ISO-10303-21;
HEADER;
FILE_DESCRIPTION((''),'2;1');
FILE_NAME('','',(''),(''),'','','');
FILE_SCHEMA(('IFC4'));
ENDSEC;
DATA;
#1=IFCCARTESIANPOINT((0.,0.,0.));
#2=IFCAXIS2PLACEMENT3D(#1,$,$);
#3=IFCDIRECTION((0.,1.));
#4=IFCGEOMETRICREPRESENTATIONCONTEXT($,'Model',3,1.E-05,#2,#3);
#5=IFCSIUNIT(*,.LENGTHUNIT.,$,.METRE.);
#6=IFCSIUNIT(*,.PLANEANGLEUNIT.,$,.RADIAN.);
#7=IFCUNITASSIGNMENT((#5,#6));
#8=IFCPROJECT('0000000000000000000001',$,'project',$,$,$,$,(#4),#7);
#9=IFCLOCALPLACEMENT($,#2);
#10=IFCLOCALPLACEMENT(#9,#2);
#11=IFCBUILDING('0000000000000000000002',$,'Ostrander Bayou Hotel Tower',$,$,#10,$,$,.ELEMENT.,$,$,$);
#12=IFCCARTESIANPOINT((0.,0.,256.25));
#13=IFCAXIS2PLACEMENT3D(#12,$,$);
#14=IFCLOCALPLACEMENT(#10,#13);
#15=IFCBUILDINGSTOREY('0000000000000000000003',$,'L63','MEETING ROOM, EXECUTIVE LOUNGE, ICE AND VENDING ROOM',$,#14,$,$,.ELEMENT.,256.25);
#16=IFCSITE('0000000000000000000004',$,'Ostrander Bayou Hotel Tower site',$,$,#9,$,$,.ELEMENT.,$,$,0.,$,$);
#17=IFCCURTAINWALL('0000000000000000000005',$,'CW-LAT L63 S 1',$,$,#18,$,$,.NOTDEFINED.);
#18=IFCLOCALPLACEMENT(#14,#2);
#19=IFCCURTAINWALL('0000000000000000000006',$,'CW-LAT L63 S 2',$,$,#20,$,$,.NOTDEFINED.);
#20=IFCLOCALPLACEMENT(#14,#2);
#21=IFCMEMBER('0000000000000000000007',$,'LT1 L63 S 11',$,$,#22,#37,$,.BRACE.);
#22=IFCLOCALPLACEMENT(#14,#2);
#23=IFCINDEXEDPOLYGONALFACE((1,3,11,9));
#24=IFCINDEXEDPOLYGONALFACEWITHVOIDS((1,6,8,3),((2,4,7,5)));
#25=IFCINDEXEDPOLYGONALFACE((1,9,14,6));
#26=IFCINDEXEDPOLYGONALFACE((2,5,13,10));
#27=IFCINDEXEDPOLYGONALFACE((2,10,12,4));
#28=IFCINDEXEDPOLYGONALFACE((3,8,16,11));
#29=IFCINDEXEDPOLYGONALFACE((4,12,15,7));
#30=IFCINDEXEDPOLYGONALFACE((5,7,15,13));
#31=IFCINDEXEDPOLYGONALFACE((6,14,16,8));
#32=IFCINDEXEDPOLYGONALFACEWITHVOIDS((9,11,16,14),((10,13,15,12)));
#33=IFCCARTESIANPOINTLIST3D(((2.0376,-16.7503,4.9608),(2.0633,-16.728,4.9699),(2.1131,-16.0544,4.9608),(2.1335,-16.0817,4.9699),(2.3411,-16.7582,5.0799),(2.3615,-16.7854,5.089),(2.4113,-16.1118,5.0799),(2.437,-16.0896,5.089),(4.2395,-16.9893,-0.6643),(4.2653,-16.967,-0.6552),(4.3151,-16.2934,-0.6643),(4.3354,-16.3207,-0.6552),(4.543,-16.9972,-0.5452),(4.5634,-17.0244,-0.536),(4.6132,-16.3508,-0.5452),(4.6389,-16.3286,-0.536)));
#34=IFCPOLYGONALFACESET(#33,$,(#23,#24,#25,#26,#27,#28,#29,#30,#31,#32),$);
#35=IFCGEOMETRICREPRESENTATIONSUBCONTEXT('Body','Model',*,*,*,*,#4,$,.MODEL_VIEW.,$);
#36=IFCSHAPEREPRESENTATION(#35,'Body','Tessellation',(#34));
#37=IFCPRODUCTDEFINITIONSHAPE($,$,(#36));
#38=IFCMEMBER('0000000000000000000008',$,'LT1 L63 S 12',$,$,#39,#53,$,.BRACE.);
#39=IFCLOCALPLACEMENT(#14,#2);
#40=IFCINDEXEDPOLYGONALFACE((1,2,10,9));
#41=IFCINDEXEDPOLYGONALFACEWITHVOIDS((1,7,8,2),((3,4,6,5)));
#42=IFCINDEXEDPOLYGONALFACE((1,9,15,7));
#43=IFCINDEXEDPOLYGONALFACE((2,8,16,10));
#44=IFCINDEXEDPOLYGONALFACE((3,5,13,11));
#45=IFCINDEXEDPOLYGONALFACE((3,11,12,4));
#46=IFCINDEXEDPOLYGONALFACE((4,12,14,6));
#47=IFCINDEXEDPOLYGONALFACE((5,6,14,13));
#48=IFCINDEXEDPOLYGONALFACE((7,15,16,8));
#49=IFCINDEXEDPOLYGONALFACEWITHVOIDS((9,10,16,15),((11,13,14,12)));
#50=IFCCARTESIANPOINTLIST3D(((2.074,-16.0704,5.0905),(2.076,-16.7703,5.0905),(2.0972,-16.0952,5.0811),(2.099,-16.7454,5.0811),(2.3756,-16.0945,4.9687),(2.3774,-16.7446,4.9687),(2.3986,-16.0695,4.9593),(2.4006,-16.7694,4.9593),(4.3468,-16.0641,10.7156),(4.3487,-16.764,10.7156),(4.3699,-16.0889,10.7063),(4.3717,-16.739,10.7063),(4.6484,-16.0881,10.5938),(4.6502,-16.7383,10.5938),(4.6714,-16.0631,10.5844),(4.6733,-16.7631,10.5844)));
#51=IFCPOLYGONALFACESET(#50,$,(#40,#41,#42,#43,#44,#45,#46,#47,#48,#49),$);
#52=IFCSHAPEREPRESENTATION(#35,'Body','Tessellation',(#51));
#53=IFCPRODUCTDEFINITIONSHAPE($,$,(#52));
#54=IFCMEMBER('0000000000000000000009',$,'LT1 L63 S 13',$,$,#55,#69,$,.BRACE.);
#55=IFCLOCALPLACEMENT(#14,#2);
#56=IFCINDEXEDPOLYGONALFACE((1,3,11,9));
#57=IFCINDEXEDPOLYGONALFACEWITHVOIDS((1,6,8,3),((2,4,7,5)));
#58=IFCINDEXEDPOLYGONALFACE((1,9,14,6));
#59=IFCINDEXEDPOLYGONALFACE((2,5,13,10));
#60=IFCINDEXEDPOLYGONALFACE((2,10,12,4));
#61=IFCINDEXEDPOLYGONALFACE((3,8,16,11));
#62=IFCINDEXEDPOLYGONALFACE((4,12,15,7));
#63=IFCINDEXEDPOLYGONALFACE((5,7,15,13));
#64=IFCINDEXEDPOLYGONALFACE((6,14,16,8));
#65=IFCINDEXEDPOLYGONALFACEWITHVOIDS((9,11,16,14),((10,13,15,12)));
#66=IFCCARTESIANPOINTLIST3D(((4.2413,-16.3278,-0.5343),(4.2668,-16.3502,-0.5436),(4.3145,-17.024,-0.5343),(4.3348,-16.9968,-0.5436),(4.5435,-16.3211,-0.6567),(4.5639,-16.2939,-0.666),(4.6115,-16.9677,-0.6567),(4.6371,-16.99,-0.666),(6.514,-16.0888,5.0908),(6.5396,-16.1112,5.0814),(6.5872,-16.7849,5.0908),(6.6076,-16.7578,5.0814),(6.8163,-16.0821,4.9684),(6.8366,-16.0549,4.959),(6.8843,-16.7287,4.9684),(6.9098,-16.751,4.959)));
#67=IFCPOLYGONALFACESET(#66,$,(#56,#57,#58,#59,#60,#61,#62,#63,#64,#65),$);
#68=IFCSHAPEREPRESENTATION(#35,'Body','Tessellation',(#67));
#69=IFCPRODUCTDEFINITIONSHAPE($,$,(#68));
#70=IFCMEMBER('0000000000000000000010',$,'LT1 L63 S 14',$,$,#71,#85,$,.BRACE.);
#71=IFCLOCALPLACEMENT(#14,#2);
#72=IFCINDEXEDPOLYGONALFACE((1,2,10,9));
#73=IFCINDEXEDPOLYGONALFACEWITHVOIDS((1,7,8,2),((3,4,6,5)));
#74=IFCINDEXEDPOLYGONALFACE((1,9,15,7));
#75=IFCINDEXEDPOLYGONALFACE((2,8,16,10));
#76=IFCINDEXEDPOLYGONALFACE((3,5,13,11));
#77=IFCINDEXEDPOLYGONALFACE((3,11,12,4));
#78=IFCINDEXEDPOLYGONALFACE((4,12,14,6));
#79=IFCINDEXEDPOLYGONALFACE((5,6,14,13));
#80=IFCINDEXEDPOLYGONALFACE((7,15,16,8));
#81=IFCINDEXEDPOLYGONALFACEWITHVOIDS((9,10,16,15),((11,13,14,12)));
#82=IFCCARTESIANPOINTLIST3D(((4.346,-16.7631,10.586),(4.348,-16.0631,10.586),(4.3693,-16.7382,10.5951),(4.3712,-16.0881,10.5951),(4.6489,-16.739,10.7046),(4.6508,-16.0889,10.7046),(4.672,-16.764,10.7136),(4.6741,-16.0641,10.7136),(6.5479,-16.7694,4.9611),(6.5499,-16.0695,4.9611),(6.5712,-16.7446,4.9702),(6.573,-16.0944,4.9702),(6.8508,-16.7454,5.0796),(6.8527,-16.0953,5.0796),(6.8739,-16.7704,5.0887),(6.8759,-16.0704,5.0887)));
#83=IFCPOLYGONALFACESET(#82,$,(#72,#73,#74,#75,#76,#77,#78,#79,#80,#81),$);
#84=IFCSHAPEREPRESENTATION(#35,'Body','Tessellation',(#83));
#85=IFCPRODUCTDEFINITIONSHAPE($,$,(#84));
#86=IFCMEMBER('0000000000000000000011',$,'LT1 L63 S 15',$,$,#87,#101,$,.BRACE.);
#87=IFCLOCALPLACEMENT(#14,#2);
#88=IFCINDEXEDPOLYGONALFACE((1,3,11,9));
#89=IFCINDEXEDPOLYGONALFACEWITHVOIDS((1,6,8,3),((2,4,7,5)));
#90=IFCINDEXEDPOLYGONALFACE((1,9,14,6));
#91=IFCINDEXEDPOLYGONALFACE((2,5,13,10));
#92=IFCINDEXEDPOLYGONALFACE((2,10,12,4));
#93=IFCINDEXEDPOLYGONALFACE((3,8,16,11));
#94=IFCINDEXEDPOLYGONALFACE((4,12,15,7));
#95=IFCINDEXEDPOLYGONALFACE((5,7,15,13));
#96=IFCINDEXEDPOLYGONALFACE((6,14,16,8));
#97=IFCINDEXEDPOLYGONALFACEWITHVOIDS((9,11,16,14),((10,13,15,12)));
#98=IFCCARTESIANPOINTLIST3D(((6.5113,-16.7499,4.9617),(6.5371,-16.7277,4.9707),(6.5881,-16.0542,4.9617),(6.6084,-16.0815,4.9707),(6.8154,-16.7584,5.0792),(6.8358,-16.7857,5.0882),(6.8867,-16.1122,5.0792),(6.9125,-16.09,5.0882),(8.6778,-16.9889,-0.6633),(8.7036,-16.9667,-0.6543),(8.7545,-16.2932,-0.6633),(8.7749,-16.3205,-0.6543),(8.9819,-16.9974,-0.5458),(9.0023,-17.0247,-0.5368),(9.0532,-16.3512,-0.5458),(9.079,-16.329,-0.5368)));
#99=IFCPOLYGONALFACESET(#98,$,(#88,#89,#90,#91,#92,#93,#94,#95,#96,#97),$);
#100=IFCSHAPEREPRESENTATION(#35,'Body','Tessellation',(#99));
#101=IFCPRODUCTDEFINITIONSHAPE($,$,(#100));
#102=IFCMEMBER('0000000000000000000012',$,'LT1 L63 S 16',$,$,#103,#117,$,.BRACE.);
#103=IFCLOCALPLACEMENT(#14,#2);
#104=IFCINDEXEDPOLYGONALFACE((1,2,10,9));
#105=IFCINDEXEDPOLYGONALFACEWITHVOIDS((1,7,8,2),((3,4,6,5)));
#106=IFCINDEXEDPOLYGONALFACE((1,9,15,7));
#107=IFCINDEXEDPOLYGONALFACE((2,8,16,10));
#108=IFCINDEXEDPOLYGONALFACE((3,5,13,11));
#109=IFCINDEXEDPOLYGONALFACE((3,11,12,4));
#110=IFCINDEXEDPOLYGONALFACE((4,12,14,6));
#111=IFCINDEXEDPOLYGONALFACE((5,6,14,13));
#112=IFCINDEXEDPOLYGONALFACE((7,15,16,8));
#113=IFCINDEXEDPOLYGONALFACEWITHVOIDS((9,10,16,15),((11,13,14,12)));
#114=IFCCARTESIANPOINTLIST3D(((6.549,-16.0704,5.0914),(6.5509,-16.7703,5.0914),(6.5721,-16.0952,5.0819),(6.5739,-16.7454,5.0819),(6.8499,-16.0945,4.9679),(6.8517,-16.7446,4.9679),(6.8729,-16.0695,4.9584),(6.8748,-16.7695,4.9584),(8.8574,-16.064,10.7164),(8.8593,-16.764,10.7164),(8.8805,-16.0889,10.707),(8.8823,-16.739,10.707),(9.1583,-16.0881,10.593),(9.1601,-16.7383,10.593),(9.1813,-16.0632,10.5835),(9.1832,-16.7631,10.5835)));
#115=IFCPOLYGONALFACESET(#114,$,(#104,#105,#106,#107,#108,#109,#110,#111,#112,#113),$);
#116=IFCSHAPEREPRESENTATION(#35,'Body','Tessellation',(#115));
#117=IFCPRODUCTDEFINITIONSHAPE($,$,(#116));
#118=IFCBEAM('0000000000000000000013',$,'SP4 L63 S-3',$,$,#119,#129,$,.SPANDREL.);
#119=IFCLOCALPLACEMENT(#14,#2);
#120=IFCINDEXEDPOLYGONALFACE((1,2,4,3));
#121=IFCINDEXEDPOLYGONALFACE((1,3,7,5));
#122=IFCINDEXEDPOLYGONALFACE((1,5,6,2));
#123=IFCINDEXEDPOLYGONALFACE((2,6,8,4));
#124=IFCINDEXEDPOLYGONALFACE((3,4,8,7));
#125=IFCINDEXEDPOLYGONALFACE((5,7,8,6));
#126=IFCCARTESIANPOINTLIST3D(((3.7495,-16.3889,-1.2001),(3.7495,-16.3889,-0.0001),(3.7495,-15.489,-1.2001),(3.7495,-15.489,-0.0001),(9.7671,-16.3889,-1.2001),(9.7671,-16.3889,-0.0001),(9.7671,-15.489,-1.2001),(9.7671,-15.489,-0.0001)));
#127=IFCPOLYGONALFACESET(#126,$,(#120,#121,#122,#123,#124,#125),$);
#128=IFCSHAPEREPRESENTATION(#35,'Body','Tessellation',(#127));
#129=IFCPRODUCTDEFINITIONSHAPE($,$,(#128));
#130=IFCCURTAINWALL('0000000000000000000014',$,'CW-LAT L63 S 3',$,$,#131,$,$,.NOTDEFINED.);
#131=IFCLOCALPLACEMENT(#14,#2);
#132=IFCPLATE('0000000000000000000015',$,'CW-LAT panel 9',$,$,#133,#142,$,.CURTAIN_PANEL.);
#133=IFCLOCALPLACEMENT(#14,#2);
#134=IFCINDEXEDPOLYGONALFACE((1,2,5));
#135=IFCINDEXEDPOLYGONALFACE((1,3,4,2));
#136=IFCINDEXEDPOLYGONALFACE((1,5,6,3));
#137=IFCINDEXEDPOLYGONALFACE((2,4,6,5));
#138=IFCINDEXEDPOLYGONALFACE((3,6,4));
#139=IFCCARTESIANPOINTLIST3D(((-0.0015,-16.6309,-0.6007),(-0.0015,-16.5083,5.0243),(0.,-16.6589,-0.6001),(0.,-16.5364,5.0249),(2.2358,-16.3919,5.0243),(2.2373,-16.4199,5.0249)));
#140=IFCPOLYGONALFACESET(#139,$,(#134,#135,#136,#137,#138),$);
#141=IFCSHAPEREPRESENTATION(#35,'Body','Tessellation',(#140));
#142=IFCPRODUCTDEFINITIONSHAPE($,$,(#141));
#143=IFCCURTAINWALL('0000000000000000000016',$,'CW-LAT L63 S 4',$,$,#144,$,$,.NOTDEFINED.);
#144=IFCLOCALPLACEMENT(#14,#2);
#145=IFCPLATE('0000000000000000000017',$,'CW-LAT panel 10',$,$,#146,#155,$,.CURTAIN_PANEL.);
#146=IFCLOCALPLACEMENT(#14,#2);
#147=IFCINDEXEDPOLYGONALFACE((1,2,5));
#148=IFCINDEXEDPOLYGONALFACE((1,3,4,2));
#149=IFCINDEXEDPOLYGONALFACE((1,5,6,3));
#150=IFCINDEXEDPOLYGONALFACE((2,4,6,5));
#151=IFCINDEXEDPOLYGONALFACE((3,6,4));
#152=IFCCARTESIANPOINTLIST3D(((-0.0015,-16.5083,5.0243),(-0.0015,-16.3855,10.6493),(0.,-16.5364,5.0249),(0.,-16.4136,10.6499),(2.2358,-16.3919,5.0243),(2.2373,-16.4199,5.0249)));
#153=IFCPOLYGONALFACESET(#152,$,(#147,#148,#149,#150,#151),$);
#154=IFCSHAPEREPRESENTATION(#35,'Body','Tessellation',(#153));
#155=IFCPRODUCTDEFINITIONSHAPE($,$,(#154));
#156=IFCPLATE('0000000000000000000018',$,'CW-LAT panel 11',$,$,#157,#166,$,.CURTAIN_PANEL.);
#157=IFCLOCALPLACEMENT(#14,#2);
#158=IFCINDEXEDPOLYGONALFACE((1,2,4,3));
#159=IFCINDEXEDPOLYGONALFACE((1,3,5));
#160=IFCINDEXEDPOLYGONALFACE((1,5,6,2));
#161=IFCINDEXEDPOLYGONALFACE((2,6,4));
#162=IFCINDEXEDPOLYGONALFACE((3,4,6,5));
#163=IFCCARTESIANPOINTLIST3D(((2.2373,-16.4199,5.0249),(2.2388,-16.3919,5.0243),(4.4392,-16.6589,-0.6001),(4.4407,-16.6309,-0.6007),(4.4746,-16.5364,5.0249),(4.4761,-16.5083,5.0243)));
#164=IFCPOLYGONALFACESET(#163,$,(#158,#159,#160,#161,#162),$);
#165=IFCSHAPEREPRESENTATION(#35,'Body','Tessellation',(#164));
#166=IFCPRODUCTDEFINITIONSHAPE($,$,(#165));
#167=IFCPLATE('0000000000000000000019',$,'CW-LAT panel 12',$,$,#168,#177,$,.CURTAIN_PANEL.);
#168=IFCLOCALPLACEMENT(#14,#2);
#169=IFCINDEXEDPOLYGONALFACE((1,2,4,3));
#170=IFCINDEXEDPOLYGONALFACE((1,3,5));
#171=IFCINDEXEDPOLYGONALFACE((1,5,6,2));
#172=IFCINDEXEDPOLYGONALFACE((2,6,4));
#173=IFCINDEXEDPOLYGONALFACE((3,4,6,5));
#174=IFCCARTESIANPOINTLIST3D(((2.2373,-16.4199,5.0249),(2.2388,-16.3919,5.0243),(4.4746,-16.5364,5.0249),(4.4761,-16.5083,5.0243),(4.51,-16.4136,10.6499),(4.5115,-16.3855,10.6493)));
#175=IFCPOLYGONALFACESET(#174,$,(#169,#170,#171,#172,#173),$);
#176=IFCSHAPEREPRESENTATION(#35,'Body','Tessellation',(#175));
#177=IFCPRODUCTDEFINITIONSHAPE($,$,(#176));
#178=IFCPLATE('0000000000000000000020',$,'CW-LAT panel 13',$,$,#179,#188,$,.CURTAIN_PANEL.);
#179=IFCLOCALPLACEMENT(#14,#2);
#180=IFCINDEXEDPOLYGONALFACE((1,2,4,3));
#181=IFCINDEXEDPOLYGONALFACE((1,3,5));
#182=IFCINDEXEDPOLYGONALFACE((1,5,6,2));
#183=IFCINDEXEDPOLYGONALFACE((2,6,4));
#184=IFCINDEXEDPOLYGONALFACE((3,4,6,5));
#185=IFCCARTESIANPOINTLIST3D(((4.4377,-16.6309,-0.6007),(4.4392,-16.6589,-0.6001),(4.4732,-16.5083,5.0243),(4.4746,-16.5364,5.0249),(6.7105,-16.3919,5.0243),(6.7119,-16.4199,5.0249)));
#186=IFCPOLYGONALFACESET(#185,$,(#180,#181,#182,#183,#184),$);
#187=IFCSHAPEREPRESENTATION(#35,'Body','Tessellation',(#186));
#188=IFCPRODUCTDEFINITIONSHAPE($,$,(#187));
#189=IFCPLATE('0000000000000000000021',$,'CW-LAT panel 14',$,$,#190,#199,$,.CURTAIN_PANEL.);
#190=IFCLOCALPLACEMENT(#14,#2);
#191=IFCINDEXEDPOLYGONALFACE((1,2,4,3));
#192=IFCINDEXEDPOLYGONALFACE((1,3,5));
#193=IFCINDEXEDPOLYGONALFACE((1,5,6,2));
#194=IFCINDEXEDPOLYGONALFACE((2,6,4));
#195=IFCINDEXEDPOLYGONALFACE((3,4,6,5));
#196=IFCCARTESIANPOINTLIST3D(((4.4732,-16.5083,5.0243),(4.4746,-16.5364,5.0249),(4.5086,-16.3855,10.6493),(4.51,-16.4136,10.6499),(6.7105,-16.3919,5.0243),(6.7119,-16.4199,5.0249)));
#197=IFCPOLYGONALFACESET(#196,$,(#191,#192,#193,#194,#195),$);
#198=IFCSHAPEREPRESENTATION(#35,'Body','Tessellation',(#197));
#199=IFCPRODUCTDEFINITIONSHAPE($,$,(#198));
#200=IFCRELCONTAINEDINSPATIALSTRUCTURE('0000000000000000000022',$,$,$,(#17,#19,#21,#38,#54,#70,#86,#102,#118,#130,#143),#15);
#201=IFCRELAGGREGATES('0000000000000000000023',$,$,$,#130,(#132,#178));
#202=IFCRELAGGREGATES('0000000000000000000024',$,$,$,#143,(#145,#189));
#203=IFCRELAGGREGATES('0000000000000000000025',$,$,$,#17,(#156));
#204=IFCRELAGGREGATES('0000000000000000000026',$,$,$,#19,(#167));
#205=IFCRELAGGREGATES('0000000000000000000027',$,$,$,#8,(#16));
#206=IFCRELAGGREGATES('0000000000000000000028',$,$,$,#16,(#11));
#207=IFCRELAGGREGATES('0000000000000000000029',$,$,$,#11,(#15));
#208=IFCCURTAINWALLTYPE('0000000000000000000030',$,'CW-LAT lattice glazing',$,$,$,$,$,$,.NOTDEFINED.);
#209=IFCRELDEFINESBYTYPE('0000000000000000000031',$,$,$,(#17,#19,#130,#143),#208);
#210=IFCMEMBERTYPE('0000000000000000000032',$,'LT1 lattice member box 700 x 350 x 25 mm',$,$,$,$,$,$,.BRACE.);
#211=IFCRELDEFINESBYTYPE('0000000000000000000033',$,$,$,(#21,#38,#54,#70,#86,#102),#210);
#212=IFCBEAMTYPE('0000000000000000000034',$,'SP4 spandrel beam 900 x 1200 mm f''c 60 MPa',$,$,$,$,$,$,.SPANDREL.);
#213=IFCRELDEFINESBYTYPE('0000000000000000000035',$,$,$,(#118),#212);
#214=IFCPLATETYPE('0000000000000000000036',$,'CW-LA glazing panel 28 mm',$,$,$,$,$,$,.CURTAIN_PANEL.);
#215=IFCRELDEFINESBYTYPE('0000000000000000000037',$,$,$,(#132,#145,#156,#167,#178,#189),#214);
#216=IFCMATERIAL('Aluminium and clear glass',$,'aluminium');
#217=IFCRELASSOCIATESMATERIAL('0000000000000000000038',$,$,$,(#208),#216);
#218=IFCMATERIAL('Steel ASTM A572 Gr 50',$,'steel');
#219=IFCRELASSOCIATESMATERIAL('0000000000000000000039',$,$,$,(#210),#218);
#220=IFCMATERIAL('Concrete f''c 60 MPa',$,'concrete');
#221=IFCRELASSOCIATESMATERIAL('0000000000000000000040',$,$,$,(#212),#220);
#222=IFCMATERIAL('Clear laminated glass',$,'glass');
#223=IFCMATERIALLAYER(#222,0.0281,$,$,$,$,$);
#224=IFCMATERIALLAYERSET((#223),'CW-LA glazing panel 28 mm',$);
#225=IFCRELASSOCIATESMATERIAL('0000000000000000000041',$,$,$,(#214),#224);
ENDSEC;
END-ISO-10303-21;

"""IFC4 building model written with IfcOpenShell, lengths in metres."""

from ifc_helpers import new_model, si_unit, direction, frame, origin, origin_2d, place, context, subcontext, project, spatial, polyline, rectangle, hollow_rectangle, outline, extrude, material, layer, layer_set, material_profile, profile_set, type_object, element, aggregate, save


model = new_model("IFC4")

# Units and contexts
model_context = context("Model", 3, precision=1e-05, world=origin(), true_north=direction((0.0, 1.0)))
body_context = subcontext(model_context, "Body", "Model", "MODEL_VIEW")
ifc_project = project(units=[si_unit("LENGTHUNIT", "METRE"), si_unit("PLANEANGLEUNIT", "RADIAN")], contexts=[model_context])

# Site, building, storey
site_placement = place(None, origin())
site = spatial("IfcSite", under=ifc_project, at=site_placement, Name="Ostrander Bayou Hotel Tower site", CompositionType="ELEMENT", RefElevation=0.0)
building_placement = place(site_placement, origin())
building = spatial("IfcBuilding", under=site, at=building_placement, Name="Ostrander Bayou Hotel Tower", CompositionType="ELEMENT")
storey_placement = place(building_placement, frame((0.0, 0.0, 256.25)))
storey = spatial("IfcBuildingStorey", under=building, at=storey_placement, Name="L63", Description="MEETING ROOM, EXECUTIVE LOUNGE, ICE AND VENDING ROOM", CompositionType="ELEMENT", Elevation=256.25)

# Curtain walls
ifc_material_1 = material(Name="Aluminium and clear glass", Category="aluminium")
curtain_wall_type = type_object("IfcCurtainWallType", Name="CW-LAT lattice glazing", PredefinedType="NOTDEFINED", material=ifc_material_1)
curtain_wall_1_placement = place(storey_placement, origin())
curtain_wall_1 = element("IfcCurtainWall", 1, at=curtain_wall_1_placement, inside=storey, type_object=curtain_wall_type, Name="CW-LAT L63 S 1", PredefinedType="NOTDEFINED")
curtain_wall_2_placement = place(storey_placement, origin())
curtain_wall_2 = element("IfcCurtainWall", 2, at=curtain_wall_2_placement, inside=storey, type_object=curtain_wall_type, Name="CW-LAT L63 S 2", PredefinedType="NOTDEFINED")

# Members
ifc_material_2 = material(Name="Steel ASTM A572 Gr 50", Category="steel")
ifc_material_profile_1 = material_profile(ifc_material_2, hollow_rectangle(XDim=0.7, YDim=0.3501, WallThickness=0.0249, at=origin_2d()))
ifc_profile_set_1 = profile_set([ifc_material_profile_1], Name="Steel ASTM A572 Gr 50")
member_type_1 = type_object("IfcMemberType", Name="LT1 lattice member box 700 x 350 x 25 mm", PredefinedType="BRACE", material=ifc_profile_set_1)
member_1_placement = place(storey_placement, frame((2.2373, -16.4199, 5.0249), z_axis=(0.364232, -0.039537, -0.930469), x_axis=(0.107915, 0.99416, 0.0)))
element("IfcMember", 3, at=member_1_placement, inside=storey, type_object=member_type_1, Name="LT1 L63 S 11", PredefinedType="BRACE", context=body_context, shape_type="SweptSolid", body=[
    extrude(hollow_rectangle(XDim=0.7, YDim=0.3501, WallThickness=0.0249, at=origin_2d()), origin(), (0.0, 0.0, 1.0), 6.0454),
])
member_2_placement = place(storey_placement, frame((2.2373, -16.4199, 5.0249), z_axis=(0.374615, 0.001046, 0.92718), x_axis=(-0.002793, 0.999996, 0.0)))
element("IfcMember", 4, at=member_2_placement, inside=storey, type_object=member_type_1, Name="LT1 L63 S 12", PredefinedType="BRACE", context=body_context, shape_type="SweptSolid", body=[
    extrude(hollow_rectangle(XDim=0.7, YDim=0.3501, WallThickness=0.0249, at=origin_2d()), origin(), (0.0, 0.0, 1.0), 6.0669),
])
member_3_placement = place(storey_placement, frame((6.7119, -16.4199, 5.0249), z_axis=(-0.374324, -0.039367, -0.926462), x_axis=(0.10459, -0.994515, 0.0)))
element("IfcMember", 5, at=member_3_placement, inside=storey, type_object=member_type_1, Name="LT1 L63 S 13", PredefinedType="BRACE", context=body_context, shape_type="SweptSolid", body=[
    extrude(hollow_rectangle(XDim=0.7, YDim=0.3501, WallThickness=0.0249, at=origin_2d()), origin(), (0.0, 0.0, 1.0), 6.0715),
])
member_4_placement = place(storey_placement, frame((6.7119, -16.4199, 5.0249), z_axis=(-0.364516, 0.001051, 0.931196), x_axis=(-0.002883, -0.999996, 0.0)))
element("IfcMember", 6, at=member_4_placement, inside=storey, type_object=member_type_1, Name="LT1 L63 S 14", PredefinedType="BRACE", context=body_context, shape_type="SweptSolid", body=[
    extrude(hollow_rectangle(XDim=0.7, YDim=0.3501, WallThickness=0.0249, at=origin_2d()), origin(), (0.0, 0.0, 1.0), 6.0405),
])
member_5_placement = place(storey_placement, frame((6.7119, -16.4199, 5.0249), z_axis=(0.359137, -0.039621, -0.932444), x_axis=(0.109657, 0.993969, 0.0)))
element("IfcMember", 7, at=member_5_placement, inside=storey, type_object=member_type_1, Name="LT1 L63 S 15", PredefinedType="BRACE", context=body_context, shape_type="SweptSolid", body=[
    extrude(hollow_rectangle(XDim=0.7, YDim=0.3501, WallThickness=0.0249, at=origin_2d()), origin(), (0.0, 0.0, 1.0), 6.0325),
])
member_6_placement = place(storey_placement, frame((6.7119, -16.4199, 5.0249), z_axis=(0.379649, 0.001044, 0.92513), x_axis=(-0.00275, 0.999996, 0.0)))
element("IfcMember", 8, at=member_6_placement, inside=storey, type_object=member_type_1, Name="LT1 L63 S 16", PredefinedType="BRACE", context=body_context, shape_type="SweptSolid", body=[
    extrude(hollow_rectangle(XDim=0.7, YDim=0.3501, WallThickness=0.0249, at=origin_2d()), origin(), (0.0, 0.0, 1.0), 6.0803),
])

# Beam
ifc_material_3 = material(Name="Concrete f'c 60 MPa", Category="concrete")
ifc_material_profile_2 = material_profile(ifc_material_3, rectangle(XDim=0.8999, YDim=1.2, at=origin_2d()))
ifc_profile_set_2 = profile_set([ifc_material_profile_2], Name="Concrete f'c 60 MPa")
beam_type = type_object("IfcBeamType", Name="SP4 spandrel beam 900 x 1200 mm f'c 60 MPa", PredefinedType="SPANDREL", material=ifc_profile_set_2)
beam_placement = place(storey_placement, frame((3.7495, -15.939, -0.6001), z_axis=(1.0, 0.0, 0.0), x_axis=(0.0, 1.0, 0.0)))
element("IfcBeam", 9, at=beam_placement, inside=storey, type_object=beam_type, Name="SP4 L63 S-3", PredefinedType="SPANDREL", context=body_context, shape_type="SweptSolid", body=[
    extrude(rectangle(XDim=0.8999, YDim=1.2, at=origin_2d()), origin(), (0.0, 0.0, 1.0), 6.0176),
])

# Curtain walls, plates
curtain_wall_3_placement = place(storey_placement, origin())
curtain_wall_3 = element("IfcCurtainWall", 10, at=curtain_wall_3_placement, inside=storey, type_object=curtain_wall_type, Name="CW-LAT L63 S 3", PredefinedType="NOTDEFINED")
ifc_material_4 = material(Name="Clear laminated glass", Category="glass")
ifc_layer_1 = layer(ifc_material_4, 0.0281)
ifc_layer_set_1 = layer_set([ifc_layer_1], Name="CW-LA glazing panel 28 mm")
plate_type = type_object("IfcPlateType", Name="CW-LA glazing panel 28 mm", PredefinedType="CURTAIN_PANEL", material=ifc_layer_set_1)
plate_1_placement = place(storey_placement, frame((2.2373, -16.4199, 5.0249), z_axis=(0.051969, -0.998412, 0.021754), x_axis=(-0.369294, -0.039452, -0.928475)))
plate_1 = element("IfcPlate", 11, at=plate_1_placement, type_object=plate_type, Name="CW-LAT panel 9", PredefinedType="CURTAIN_PANEL", context=body_context, shape_type="SweptSolid", body=[
    extrude(outline(polyline([(0.0, 0.0), (6.0583, 0.0), (0.8308, -2.0806), (0.0, 0.0)])), origin(), (0.0, 0.0, -1.0), 0.0281),
])
curtain_wall_4_placement = place(storey_placement, origin())
curtain_wall_4 = element("IfcCurtainWall", 12, at=curtain_wall_4_placement, inside=storey, type_object=curtain_wall_type, Name="CW-LAT L63 S 4", PredefinedType="NOTDEFINED")
plate_2_placement = place(storey_placement, frame((2.2373, -16.4199, 5.0249), z_axis=(0.051969, -0.998411, 0.021797), x_axis=(-0.369582, 0.001049, 0.929198)))
plate_2 = element("IfcPlate", 13, at=plate_2_placement, type_object=plate_type, Name="CW-LAT panel 10", PredefinedType="CURTAIN_PANEL", context=body_context, shape_type="SweptSolid", body=[
    extrude(outline(polyline([(0.0, 0.0), (6.0536, 0.0), (0.8267, 2.0822), (0.0, 0.0)])), origin(), (0.0, 0.0, -1.0), 0.0281),
])

# Plates
plate_3_placement = place(storey_placement, frame((2.2373, -16.4199, 5.0249), z_axis=(-0.051968, -0.998405, 0.02208), x_axis=(0.364232, -0.039537, -0.930469)))
plate_3 = element("IfcPlate", 14, at=plate_3_placement, type_object=plate_type, Name="CW-LAT panel 11", PredefinedType="CURTAIN_PANEL", context=body_context, shape_type="SweptSolid", body=[
    extrude(outline(polyline([(0.0, 0.0), (6.0453, 0.0), (0.8195, 2.0851), (0.0, 0.0)])), origin(), (0.0, 0.0, -1.0), 0.0281),
])
plate_4_placement = place(storey_placement, frame((2.2373, -16.4199, 5.0249), z_axis=(-0.051968, -0.998404, 0.022124), x_axis=(0.374615, 0.001046, 0.92718)))
plate_4 = element("IfcPlate", 15, at=plate_4_placement, type_object=plate_type, Name="CW-LAT panel 12", PredefinedType="CURTAIN_PANEL", context=body_context, shape_type="SweptSolid", body=[
    extrude(outline(polyline([(0.0, 0.0), (6.0668, 0.0), (0.838, -2.0777), (0.0, 0.0)])), origin(), (0.0, 0.0, -1.0), 0.0281),
])
plate_5_placement = place(storey_placement, frame((6.7119, -16.4199, 5.0249), z_axis=(0.051969, -0.998419, 0.021427), x_axis=(-0.374324, -0.039367, -0.926462)))
plate_5 = element("IfcPlate", 16, at=plate_5_placement, type_object=plate_type, Name="CW-LAT panel 13", PredefinedType="CURTAIN_PANEL", context=body_context, shape_type="SweptSolid", body=[
    extrude(outline(polyline([(0.0, 0.0), (6.0715, 0.0), (0.8421, -2.0761), (0.0, 0.0)])), origin(), (0.0, 0.0, -1.0), 0.0281),
])
aggregate(curtain_wall_3, [plate_1, plate_5])
plate_6_placement = place(storey_placement, frame((6.7119, -16.4199, 5.0249), z_axis=(0.051969, -0.998418, 0.02147), x_axis=(-0.364516, 0.001051, 0.931196)))
plate_6 = element("IfcPlate", 17, at=plate_6_placement, type_object=plate_type, Name="CW-LAT panel 14", PredefinedType="CURTAIN_PANEL", context=body_context, shape_type="SweptSolid", body=[
    extrude(outline(polyline([(0.0, 0.0), (6.0406, 0.0), (0.8154, 2.0867), (0.0, 0.0)])), origin(), (0.0, 0.0, -1.0), 0.0281),
])
aggregate(curtain_wall_4, [plate_2, plate_6])
aggregate(curtain_wall_1, [plate_3])
aggregate(curtain_wall_2, [plate_4])

save(model, "model.ifc")
